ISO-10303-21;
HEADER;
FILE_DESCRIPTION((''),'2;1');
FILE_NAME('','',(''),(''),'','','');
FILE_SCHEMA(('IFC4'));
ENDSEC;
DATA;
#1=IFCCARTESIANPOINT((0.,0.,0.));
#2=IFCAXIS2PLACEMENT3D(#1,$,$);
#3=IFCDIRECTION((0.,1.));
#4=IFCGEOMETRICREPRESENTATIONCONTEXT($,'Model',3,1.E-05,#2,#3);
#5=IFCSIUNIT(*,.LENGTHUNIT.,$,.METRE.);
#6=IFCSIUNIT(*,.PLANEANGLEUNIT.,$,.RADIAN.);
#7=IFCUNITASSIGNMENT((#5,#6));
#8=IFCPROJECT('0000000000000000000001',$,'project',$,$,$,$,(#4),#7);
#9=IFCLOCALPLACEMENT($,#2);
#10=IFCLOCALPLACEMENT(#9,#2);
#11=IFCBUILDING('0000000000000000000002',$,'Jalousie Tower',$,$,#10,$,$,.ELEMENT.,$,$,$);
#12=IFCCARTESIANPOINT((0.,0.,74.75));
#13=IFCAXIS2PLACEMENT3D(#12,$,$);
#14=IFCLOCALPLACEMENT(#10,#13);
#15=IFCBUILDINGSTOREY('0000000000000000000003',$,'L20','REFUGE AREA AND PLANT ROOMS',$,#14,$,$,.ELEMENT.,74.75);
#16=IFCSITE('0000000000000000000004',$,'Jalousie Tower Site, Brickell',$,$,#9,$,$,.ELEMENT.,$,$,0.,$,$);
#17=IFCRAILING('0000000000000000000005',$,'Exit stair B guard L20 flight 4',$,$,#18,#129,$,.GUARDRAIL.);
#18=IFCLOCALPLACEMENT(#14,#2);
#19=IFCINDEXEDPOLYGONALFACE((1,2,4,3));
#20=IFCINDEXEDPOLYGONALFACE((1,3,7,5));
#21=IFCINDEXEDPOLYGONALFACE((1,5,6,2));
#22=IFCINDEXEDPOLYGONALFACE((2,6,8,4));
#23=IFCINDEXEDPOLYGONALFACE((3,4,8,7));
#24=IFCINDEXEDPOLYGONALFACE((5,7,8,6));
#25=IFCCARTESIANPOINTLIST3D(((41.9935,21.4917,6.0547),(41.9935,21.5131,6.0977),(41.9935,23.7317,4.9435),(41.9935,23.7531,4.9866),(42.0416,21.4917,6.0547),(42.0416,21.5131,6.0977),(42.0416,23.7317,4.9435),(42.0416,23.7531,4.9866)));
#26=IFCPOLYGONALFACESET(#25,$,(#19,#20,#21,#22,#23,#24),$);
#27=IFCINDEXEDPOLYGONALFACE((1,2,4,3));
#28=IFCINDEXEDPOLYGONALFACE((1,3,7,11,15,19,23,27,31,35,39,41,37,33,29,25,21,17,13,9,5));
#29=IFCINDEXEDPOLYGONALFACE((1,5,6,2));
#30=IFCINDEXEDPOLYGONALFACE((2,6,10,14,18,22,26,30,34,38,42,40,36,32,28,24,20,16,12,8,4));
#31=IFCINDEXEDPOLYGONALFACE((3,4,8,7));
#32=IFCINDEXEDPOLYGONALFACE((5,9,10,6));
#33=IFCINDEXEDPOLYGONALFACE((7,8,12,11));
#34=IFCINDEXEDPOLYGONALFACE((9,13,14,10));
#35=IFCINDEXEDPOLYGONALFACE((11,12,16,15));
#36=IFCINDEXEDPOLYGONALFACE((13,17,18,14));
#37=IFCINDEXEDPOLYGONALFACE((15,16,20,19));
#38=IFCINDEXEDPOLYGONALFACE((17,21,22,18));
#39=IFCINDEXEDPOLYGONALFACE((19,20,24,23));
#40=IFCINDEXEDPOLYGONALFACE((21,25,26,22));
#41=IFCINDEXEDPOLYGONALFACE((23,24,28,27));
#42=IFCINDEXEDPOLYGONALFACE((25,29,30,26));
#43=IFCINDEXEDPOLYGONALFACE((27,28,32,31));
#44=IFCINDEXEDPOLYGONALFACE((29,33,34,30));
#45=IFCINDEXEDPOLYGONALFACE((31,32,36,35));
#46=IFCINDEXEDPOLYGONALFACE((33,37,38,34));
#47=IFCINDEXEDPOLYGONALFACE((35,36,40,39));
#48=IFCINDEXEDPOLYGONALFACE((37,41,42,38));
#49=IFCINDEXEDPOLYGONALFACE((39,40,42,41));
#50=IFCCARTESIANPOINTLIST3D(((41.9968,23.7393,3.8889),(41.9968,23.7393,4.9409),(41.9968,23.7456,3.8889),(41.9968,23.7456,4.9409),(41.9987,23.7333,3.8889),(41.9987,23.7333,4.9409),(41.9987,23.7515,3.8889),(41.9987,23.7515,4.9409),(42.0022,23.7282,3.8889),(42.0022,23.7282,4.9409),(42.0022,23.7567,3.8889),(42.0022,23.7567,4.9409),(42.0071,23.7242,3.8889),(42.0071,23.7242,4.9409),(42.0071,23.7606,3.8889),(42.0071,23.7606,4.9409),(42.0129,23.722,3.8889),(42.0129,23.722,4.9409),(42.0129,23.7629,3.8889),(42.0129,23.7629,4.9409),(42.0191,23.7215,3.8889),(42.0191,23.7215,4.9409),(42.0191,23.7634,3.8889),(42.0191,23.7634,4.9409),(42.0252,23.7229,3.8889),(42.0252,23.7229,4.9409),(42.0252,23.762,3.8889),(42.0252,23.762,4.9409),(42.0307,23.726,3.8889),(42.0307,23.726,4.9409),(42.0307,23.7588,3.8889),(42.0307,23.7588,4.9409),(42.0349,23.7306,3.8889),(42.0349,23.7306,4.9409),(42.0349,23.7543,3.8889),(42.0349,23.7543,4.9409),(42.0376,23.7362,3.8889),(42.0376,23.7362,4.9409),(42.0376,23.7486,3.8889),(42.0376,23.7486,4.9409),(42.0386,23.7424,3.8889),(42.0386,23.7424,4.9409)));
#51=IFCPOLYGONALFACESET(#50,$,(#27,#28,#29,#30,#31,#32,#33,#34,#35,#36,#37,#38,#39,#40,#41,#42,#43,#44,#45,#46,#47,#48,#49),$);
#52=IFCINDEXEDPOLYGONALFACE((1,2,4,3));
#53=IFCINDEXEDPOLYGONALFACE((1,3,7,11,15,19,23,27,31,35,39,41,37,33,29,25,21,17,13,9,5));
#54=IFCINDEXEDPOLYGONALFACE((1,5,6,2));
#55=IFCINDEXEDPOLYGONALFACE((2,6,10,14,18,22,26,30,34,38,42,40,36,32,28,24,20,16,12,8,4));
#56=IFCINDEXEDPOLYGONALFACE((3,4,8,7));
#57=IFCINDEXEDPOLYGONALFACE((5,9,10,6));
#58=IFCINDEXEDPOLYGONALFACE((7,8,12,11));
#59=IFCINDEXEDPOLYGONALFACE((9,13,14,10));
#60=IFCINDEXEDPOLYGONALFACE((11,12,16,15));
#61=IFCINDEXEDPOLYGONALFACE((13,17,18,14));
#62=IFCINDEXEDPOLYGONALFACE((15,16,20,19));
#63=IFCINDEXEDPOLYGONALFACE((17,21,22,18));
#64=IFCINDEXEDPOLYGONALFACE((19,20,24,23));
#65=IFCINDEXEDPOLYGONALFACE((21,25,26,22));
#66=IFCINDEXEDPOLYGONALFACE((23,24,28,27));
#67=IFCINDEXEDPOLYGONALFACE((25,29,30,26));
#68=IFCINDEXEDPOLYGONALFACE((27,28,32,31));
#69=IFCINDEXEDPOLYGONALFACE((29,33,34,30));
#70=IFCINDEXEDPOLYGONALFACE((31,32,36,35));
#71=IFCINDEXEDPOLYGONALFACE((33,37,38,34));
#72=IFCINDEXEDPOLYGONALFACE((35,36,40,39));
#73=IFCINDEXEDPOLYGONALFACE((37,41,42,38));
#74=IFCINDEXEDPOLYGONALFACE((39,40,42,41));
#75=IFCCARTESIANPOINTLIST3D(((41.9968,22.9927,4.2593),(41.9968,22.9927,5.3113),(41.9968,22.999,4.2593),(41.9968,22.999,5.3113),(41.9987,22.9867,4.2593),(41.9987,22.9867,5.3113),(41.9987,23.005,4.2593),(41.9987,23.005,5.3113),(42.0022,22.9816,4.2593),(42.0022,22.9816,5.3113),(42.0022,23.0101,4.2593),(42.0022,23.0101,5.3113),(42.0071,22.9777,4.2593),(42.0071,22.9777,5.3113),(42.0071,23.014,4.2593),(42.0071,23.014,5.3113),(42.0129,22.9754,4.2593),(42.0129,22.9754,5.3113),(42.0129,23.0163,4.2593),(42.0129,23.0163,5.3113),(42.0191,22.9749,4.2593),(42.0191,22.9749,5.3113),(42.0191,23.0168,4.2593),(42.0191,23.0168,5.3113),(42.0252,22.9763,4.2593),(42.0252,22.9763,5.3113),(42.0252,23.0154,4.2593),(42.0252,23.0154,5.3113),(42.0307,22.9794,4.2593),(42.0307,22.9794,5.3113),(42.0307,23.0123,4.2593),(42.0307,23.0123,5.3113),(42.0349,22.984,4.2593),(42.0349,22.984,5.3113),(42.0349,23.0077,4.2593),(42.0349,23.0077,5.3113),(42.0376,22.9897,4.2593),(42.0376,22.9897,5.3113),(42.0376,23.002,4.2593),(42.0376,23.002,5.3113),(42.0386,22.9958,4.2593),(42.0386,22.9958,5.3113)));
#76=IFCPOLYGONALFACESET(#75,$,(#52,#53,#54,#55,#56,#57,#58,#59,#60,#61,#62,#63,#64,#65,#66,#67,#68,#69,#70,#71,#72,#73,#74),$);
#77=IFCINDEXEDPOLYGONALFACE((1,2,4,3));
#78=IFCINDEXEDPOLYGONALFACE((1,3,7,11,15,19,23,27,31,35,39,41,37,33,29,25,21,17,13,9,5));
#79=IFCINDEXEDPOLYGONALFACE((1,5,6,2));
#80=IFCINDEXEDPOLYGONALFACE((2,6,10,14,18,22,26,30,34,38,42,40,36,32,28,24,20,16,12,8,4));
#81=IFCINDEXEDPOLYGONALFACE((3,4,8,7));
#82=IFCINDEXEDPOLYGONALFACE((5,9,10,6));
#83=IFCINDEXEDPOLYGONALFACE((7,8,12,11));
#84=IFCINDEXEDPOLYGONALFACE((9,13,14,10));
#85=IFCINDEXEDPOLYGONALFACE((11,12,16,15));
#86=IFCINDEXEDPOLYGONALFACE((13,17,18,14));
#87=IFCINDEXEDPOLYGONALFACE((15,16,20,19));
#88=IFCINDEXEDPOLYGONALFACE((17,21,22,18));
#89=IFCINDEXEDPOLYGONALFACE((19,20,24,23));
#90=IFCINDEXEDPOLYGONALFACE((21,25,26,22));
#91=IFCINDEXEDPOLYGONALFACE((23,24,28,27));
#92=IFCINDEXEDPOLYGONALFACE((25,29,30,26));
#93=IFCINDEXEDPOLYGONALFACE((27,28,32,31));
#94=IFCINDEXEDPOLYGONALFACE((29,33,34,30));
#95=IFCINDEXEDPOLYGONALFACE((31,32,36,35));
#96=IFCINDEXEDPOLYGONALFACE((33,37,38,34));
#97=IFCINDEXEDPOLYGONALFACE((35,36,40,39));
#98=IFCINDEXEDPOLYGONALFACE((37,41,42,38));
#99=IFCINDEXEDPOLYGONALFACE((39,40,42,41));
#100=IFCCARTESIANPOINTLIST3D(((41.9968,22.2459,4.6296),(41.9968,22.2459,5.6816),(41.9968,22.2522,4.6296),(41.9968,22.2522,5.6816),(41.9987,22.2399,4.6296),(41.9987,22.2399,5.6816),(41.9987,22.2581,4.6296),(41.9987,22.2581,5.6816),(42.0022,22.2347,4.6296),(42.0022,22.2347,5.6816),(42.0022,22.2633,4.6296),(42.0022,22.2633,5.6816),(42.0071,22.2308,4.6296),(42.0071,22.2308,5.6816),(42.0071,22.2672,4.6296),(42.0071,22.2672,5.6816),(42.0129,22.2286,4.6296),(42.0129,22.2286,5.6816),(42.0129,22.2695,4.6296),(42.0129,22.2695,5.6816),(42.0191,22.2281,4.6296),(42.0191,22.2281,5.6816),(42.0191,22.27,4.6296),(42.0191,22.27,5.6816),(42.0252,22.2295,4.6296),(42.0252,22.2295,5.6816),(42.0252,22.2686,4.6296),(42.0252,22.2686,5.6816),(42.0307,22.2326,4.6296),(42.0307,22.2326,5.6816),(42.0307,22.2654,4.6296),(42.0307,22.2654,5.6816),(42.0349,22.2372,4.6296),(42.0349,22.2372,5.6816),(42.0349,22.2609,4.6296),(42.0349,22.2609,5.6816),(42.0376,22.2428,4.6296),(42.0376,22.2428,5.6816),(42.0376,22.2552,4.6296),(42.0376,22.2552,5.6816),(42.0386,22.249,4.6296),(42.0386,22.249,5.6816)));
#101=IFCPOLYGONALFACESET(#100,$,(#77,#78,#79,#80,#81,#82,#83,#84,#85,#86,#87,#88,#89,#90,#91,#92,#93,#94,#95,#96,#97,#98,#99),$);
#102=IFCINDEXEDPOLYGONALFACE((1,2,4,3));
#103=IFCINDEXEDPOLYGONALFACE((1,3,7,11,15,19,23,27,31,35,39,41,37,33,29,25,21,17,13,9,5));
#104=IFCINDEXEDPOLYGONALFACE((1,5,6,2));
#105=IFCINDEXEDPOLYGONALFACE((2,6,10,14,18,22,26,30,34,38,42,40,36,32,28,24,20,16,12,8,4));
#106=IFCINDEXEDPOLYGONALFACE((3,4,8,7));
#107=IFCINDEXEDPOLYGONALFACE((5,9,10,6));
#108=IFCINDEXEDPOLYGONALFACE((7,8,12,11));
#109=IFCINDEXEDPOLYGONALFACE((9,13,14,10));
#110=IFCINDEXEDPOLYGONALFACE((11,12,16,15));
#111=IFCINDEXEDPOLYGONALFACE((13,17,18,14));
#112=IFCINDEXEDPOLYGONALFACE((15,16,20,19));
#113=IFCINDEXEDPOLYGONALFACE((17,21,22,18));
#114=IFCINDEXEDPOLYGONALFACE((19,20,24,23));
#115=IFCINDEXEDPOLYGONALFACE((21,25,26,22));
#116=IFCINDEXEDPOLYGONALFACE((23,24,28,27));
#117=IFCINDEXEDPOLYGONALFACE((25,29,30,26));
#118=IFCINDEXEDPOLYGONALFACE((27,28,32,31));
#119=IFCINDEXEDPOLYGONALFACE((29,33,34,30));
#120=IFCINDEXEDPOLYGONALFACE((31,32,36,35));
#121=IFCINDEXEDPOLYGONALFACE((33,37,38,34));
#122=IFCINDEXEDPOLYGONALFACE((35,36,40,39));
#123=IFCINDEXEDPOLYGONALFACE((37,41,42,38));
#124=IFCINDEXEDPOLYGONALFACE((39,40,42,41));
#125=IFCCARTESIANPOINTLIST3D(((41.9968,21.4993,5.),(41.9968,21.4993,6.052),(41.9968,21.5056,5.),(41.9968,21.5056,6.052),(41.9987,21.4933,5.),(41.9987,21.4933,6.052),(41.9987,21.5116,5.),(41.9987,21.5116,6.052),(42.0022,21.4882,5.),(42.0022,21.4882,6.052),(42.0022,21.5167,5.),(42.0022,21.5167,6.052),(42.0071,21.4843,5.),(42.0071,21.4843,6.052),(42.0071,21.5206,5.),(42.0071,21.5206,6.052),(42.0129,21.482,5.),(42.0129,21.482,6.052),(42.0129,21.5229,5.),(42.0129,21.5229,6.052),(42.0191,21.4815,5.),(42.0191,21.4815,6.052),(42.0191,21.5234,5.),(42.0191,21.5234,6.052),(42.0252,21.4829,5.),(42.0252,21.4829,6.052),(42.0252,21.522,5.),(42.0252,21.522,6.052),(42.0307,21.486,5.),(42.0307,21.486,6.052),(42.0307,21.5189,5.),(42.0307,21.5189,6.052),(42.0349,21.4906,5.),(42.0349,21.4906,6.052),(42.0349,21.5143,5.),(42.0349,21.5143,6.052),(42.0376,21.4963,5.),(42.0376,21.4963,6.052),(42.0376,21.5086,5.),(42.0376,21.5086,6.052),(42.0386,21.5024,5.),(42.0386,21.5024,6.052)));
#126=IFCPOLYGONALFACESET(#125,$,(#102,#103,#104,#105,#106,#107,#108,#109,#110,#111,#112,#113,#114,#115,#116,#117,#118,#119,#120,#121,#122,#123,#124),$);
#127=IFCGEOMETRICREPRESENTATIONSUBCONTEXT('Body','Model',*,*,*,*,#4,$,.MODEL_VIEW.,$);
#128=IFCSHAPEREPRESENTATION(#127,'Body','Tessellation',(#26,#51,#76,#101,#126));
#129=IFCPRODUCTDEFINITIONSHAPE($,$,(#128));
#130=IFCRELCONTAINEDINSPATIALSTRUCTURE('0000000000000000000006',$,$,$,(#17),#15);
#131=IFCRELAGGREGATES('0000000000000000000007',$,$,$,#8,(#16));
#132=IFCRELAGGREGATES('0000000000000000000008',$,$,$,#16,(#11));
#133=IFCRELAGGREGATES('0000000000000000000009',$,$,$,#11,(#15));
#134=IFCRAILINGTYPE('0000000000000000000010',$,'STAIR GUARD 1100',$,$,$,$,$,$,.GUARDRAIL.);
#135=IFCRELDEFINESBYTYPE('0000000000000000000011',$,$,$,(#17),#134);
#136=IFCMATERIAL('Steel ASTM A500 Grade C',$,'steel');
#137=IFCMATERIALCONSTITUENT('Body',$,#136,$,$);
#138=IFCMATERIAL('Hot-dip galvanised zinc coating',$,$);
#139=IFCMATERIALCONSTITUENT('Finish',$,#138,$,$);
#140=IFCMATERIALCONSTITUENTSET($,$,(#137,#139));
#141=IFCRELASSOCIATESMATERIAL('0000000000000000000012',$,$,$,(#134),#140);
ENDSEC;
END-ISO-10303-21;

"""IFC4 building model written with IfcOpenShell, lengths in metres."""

from ifc_helpers import new_model, si_unit, direction, frame, origin, origin_2d, place, context, subcontext, project, spatial, rectangle, circle, extrude, material, constituent, constituent_set, type_object, element, save


model = new_model("IFC4")

# Units and contexts
model_context = context("Model", 3, precision=1e-05, world=origin(), true_north=direction((0.0, 1.0)))
body_context = subcontext(model_context, "Body", "Model", "MODEL_VIEW")
ifc_project = project(units=[si_unit("LENGTHUNIT", "METRE"), si_unit("PLANEANGLEUNIT", "RADIAN")], contexts=[model_context])

# Site, building, storey
site_placement = place(None, origin())
site = spatial("IfcSite", under=ifc_project, at=site_placement, Name="Jalousie Tower Site, Brickell", CompositionType="ELEMENT", RefElevation=0.0)
building_placement = place(site_placement, origin())
building = spatial("IfcBuilding", under=site, at=building_placement, Name="Jalousie Tower", CompositionType="ELEMENT")
storey_placement = place(building_placement, frame((0.0, 0.0, 74.75)))
storey = spatial("IfcBuildingStorey", under=building, at=storey_placement, Name="L20", Description="REFUGE AREA AND PLANT ROOMS", CompositionType="ELEMENT", Elevation=74.75)

# Railing
ifc_material_1 = material(Name="Steel ASTM A500 Grade C", Category="steel")
ifc_constituent_1 = constituent(ifc_material_1, Name="Body")
ifc_material_2 = material(Name="Hot-dip galvanised zinc coating")
ifc_constituent_2 = constituent(ifc_material_2, Name="Finish")
ifc_constituent_set_1 = constituent_set(constituents=[ifc_constituent_1, ifc_constituent_2])
railing_type_1 = type_object("IfcRailingType", Name="STAIR GUARD 1100", PredefinedType="GUARDRAIL", material=ifc_constituent_set_1)
for number, where, name in (
    (1, (42.0176, 23.7424, 3.8889), "Exit stair B guard L20 flight 4"),
):
    element("IfcRailing", number, at=place(storey_placement, frame(where)), inside=storey, type_object=railing_type_1, Name=name, PredefinedType="GUARDRAIL", context=body_context, shape_type="SweptSolid", body=[
        extrude(rectangle(XDim=0.0481, YDim=0.0481, at=origin_2d()), frame((0.0, 0.0, 1.0762), z_axis=(0.0, -0.895848, 0.44436), x_axis=(1.0, 0.0, 0.0)), (0.0, 0.0, 1.0), 2.5005),
        extrude(circle(Radius=0.021, at=origin_2d()), origin(), (0.0, 0.0, 1.0), 1.052),
        extrude(circle(Radius=0.021, at=origin_2d()), frame((0.0, -0.7466, 0.3704)), (0.0, 0.0, 1.0), 1.052),
        extrude(circle(Radius=0.021, at=origin_2d()), frame((0.0, -1.4934, 0.7407)), (0.0, 0.0, 1.0), 1.052),
        extrude(circle(Radius=0.021, at=origin_2d()), frame((0.0, -2.24, 1.1111)), (0.0, 0.0, 1.0), 1.052),
    ])

save(model, "model.ifc")
